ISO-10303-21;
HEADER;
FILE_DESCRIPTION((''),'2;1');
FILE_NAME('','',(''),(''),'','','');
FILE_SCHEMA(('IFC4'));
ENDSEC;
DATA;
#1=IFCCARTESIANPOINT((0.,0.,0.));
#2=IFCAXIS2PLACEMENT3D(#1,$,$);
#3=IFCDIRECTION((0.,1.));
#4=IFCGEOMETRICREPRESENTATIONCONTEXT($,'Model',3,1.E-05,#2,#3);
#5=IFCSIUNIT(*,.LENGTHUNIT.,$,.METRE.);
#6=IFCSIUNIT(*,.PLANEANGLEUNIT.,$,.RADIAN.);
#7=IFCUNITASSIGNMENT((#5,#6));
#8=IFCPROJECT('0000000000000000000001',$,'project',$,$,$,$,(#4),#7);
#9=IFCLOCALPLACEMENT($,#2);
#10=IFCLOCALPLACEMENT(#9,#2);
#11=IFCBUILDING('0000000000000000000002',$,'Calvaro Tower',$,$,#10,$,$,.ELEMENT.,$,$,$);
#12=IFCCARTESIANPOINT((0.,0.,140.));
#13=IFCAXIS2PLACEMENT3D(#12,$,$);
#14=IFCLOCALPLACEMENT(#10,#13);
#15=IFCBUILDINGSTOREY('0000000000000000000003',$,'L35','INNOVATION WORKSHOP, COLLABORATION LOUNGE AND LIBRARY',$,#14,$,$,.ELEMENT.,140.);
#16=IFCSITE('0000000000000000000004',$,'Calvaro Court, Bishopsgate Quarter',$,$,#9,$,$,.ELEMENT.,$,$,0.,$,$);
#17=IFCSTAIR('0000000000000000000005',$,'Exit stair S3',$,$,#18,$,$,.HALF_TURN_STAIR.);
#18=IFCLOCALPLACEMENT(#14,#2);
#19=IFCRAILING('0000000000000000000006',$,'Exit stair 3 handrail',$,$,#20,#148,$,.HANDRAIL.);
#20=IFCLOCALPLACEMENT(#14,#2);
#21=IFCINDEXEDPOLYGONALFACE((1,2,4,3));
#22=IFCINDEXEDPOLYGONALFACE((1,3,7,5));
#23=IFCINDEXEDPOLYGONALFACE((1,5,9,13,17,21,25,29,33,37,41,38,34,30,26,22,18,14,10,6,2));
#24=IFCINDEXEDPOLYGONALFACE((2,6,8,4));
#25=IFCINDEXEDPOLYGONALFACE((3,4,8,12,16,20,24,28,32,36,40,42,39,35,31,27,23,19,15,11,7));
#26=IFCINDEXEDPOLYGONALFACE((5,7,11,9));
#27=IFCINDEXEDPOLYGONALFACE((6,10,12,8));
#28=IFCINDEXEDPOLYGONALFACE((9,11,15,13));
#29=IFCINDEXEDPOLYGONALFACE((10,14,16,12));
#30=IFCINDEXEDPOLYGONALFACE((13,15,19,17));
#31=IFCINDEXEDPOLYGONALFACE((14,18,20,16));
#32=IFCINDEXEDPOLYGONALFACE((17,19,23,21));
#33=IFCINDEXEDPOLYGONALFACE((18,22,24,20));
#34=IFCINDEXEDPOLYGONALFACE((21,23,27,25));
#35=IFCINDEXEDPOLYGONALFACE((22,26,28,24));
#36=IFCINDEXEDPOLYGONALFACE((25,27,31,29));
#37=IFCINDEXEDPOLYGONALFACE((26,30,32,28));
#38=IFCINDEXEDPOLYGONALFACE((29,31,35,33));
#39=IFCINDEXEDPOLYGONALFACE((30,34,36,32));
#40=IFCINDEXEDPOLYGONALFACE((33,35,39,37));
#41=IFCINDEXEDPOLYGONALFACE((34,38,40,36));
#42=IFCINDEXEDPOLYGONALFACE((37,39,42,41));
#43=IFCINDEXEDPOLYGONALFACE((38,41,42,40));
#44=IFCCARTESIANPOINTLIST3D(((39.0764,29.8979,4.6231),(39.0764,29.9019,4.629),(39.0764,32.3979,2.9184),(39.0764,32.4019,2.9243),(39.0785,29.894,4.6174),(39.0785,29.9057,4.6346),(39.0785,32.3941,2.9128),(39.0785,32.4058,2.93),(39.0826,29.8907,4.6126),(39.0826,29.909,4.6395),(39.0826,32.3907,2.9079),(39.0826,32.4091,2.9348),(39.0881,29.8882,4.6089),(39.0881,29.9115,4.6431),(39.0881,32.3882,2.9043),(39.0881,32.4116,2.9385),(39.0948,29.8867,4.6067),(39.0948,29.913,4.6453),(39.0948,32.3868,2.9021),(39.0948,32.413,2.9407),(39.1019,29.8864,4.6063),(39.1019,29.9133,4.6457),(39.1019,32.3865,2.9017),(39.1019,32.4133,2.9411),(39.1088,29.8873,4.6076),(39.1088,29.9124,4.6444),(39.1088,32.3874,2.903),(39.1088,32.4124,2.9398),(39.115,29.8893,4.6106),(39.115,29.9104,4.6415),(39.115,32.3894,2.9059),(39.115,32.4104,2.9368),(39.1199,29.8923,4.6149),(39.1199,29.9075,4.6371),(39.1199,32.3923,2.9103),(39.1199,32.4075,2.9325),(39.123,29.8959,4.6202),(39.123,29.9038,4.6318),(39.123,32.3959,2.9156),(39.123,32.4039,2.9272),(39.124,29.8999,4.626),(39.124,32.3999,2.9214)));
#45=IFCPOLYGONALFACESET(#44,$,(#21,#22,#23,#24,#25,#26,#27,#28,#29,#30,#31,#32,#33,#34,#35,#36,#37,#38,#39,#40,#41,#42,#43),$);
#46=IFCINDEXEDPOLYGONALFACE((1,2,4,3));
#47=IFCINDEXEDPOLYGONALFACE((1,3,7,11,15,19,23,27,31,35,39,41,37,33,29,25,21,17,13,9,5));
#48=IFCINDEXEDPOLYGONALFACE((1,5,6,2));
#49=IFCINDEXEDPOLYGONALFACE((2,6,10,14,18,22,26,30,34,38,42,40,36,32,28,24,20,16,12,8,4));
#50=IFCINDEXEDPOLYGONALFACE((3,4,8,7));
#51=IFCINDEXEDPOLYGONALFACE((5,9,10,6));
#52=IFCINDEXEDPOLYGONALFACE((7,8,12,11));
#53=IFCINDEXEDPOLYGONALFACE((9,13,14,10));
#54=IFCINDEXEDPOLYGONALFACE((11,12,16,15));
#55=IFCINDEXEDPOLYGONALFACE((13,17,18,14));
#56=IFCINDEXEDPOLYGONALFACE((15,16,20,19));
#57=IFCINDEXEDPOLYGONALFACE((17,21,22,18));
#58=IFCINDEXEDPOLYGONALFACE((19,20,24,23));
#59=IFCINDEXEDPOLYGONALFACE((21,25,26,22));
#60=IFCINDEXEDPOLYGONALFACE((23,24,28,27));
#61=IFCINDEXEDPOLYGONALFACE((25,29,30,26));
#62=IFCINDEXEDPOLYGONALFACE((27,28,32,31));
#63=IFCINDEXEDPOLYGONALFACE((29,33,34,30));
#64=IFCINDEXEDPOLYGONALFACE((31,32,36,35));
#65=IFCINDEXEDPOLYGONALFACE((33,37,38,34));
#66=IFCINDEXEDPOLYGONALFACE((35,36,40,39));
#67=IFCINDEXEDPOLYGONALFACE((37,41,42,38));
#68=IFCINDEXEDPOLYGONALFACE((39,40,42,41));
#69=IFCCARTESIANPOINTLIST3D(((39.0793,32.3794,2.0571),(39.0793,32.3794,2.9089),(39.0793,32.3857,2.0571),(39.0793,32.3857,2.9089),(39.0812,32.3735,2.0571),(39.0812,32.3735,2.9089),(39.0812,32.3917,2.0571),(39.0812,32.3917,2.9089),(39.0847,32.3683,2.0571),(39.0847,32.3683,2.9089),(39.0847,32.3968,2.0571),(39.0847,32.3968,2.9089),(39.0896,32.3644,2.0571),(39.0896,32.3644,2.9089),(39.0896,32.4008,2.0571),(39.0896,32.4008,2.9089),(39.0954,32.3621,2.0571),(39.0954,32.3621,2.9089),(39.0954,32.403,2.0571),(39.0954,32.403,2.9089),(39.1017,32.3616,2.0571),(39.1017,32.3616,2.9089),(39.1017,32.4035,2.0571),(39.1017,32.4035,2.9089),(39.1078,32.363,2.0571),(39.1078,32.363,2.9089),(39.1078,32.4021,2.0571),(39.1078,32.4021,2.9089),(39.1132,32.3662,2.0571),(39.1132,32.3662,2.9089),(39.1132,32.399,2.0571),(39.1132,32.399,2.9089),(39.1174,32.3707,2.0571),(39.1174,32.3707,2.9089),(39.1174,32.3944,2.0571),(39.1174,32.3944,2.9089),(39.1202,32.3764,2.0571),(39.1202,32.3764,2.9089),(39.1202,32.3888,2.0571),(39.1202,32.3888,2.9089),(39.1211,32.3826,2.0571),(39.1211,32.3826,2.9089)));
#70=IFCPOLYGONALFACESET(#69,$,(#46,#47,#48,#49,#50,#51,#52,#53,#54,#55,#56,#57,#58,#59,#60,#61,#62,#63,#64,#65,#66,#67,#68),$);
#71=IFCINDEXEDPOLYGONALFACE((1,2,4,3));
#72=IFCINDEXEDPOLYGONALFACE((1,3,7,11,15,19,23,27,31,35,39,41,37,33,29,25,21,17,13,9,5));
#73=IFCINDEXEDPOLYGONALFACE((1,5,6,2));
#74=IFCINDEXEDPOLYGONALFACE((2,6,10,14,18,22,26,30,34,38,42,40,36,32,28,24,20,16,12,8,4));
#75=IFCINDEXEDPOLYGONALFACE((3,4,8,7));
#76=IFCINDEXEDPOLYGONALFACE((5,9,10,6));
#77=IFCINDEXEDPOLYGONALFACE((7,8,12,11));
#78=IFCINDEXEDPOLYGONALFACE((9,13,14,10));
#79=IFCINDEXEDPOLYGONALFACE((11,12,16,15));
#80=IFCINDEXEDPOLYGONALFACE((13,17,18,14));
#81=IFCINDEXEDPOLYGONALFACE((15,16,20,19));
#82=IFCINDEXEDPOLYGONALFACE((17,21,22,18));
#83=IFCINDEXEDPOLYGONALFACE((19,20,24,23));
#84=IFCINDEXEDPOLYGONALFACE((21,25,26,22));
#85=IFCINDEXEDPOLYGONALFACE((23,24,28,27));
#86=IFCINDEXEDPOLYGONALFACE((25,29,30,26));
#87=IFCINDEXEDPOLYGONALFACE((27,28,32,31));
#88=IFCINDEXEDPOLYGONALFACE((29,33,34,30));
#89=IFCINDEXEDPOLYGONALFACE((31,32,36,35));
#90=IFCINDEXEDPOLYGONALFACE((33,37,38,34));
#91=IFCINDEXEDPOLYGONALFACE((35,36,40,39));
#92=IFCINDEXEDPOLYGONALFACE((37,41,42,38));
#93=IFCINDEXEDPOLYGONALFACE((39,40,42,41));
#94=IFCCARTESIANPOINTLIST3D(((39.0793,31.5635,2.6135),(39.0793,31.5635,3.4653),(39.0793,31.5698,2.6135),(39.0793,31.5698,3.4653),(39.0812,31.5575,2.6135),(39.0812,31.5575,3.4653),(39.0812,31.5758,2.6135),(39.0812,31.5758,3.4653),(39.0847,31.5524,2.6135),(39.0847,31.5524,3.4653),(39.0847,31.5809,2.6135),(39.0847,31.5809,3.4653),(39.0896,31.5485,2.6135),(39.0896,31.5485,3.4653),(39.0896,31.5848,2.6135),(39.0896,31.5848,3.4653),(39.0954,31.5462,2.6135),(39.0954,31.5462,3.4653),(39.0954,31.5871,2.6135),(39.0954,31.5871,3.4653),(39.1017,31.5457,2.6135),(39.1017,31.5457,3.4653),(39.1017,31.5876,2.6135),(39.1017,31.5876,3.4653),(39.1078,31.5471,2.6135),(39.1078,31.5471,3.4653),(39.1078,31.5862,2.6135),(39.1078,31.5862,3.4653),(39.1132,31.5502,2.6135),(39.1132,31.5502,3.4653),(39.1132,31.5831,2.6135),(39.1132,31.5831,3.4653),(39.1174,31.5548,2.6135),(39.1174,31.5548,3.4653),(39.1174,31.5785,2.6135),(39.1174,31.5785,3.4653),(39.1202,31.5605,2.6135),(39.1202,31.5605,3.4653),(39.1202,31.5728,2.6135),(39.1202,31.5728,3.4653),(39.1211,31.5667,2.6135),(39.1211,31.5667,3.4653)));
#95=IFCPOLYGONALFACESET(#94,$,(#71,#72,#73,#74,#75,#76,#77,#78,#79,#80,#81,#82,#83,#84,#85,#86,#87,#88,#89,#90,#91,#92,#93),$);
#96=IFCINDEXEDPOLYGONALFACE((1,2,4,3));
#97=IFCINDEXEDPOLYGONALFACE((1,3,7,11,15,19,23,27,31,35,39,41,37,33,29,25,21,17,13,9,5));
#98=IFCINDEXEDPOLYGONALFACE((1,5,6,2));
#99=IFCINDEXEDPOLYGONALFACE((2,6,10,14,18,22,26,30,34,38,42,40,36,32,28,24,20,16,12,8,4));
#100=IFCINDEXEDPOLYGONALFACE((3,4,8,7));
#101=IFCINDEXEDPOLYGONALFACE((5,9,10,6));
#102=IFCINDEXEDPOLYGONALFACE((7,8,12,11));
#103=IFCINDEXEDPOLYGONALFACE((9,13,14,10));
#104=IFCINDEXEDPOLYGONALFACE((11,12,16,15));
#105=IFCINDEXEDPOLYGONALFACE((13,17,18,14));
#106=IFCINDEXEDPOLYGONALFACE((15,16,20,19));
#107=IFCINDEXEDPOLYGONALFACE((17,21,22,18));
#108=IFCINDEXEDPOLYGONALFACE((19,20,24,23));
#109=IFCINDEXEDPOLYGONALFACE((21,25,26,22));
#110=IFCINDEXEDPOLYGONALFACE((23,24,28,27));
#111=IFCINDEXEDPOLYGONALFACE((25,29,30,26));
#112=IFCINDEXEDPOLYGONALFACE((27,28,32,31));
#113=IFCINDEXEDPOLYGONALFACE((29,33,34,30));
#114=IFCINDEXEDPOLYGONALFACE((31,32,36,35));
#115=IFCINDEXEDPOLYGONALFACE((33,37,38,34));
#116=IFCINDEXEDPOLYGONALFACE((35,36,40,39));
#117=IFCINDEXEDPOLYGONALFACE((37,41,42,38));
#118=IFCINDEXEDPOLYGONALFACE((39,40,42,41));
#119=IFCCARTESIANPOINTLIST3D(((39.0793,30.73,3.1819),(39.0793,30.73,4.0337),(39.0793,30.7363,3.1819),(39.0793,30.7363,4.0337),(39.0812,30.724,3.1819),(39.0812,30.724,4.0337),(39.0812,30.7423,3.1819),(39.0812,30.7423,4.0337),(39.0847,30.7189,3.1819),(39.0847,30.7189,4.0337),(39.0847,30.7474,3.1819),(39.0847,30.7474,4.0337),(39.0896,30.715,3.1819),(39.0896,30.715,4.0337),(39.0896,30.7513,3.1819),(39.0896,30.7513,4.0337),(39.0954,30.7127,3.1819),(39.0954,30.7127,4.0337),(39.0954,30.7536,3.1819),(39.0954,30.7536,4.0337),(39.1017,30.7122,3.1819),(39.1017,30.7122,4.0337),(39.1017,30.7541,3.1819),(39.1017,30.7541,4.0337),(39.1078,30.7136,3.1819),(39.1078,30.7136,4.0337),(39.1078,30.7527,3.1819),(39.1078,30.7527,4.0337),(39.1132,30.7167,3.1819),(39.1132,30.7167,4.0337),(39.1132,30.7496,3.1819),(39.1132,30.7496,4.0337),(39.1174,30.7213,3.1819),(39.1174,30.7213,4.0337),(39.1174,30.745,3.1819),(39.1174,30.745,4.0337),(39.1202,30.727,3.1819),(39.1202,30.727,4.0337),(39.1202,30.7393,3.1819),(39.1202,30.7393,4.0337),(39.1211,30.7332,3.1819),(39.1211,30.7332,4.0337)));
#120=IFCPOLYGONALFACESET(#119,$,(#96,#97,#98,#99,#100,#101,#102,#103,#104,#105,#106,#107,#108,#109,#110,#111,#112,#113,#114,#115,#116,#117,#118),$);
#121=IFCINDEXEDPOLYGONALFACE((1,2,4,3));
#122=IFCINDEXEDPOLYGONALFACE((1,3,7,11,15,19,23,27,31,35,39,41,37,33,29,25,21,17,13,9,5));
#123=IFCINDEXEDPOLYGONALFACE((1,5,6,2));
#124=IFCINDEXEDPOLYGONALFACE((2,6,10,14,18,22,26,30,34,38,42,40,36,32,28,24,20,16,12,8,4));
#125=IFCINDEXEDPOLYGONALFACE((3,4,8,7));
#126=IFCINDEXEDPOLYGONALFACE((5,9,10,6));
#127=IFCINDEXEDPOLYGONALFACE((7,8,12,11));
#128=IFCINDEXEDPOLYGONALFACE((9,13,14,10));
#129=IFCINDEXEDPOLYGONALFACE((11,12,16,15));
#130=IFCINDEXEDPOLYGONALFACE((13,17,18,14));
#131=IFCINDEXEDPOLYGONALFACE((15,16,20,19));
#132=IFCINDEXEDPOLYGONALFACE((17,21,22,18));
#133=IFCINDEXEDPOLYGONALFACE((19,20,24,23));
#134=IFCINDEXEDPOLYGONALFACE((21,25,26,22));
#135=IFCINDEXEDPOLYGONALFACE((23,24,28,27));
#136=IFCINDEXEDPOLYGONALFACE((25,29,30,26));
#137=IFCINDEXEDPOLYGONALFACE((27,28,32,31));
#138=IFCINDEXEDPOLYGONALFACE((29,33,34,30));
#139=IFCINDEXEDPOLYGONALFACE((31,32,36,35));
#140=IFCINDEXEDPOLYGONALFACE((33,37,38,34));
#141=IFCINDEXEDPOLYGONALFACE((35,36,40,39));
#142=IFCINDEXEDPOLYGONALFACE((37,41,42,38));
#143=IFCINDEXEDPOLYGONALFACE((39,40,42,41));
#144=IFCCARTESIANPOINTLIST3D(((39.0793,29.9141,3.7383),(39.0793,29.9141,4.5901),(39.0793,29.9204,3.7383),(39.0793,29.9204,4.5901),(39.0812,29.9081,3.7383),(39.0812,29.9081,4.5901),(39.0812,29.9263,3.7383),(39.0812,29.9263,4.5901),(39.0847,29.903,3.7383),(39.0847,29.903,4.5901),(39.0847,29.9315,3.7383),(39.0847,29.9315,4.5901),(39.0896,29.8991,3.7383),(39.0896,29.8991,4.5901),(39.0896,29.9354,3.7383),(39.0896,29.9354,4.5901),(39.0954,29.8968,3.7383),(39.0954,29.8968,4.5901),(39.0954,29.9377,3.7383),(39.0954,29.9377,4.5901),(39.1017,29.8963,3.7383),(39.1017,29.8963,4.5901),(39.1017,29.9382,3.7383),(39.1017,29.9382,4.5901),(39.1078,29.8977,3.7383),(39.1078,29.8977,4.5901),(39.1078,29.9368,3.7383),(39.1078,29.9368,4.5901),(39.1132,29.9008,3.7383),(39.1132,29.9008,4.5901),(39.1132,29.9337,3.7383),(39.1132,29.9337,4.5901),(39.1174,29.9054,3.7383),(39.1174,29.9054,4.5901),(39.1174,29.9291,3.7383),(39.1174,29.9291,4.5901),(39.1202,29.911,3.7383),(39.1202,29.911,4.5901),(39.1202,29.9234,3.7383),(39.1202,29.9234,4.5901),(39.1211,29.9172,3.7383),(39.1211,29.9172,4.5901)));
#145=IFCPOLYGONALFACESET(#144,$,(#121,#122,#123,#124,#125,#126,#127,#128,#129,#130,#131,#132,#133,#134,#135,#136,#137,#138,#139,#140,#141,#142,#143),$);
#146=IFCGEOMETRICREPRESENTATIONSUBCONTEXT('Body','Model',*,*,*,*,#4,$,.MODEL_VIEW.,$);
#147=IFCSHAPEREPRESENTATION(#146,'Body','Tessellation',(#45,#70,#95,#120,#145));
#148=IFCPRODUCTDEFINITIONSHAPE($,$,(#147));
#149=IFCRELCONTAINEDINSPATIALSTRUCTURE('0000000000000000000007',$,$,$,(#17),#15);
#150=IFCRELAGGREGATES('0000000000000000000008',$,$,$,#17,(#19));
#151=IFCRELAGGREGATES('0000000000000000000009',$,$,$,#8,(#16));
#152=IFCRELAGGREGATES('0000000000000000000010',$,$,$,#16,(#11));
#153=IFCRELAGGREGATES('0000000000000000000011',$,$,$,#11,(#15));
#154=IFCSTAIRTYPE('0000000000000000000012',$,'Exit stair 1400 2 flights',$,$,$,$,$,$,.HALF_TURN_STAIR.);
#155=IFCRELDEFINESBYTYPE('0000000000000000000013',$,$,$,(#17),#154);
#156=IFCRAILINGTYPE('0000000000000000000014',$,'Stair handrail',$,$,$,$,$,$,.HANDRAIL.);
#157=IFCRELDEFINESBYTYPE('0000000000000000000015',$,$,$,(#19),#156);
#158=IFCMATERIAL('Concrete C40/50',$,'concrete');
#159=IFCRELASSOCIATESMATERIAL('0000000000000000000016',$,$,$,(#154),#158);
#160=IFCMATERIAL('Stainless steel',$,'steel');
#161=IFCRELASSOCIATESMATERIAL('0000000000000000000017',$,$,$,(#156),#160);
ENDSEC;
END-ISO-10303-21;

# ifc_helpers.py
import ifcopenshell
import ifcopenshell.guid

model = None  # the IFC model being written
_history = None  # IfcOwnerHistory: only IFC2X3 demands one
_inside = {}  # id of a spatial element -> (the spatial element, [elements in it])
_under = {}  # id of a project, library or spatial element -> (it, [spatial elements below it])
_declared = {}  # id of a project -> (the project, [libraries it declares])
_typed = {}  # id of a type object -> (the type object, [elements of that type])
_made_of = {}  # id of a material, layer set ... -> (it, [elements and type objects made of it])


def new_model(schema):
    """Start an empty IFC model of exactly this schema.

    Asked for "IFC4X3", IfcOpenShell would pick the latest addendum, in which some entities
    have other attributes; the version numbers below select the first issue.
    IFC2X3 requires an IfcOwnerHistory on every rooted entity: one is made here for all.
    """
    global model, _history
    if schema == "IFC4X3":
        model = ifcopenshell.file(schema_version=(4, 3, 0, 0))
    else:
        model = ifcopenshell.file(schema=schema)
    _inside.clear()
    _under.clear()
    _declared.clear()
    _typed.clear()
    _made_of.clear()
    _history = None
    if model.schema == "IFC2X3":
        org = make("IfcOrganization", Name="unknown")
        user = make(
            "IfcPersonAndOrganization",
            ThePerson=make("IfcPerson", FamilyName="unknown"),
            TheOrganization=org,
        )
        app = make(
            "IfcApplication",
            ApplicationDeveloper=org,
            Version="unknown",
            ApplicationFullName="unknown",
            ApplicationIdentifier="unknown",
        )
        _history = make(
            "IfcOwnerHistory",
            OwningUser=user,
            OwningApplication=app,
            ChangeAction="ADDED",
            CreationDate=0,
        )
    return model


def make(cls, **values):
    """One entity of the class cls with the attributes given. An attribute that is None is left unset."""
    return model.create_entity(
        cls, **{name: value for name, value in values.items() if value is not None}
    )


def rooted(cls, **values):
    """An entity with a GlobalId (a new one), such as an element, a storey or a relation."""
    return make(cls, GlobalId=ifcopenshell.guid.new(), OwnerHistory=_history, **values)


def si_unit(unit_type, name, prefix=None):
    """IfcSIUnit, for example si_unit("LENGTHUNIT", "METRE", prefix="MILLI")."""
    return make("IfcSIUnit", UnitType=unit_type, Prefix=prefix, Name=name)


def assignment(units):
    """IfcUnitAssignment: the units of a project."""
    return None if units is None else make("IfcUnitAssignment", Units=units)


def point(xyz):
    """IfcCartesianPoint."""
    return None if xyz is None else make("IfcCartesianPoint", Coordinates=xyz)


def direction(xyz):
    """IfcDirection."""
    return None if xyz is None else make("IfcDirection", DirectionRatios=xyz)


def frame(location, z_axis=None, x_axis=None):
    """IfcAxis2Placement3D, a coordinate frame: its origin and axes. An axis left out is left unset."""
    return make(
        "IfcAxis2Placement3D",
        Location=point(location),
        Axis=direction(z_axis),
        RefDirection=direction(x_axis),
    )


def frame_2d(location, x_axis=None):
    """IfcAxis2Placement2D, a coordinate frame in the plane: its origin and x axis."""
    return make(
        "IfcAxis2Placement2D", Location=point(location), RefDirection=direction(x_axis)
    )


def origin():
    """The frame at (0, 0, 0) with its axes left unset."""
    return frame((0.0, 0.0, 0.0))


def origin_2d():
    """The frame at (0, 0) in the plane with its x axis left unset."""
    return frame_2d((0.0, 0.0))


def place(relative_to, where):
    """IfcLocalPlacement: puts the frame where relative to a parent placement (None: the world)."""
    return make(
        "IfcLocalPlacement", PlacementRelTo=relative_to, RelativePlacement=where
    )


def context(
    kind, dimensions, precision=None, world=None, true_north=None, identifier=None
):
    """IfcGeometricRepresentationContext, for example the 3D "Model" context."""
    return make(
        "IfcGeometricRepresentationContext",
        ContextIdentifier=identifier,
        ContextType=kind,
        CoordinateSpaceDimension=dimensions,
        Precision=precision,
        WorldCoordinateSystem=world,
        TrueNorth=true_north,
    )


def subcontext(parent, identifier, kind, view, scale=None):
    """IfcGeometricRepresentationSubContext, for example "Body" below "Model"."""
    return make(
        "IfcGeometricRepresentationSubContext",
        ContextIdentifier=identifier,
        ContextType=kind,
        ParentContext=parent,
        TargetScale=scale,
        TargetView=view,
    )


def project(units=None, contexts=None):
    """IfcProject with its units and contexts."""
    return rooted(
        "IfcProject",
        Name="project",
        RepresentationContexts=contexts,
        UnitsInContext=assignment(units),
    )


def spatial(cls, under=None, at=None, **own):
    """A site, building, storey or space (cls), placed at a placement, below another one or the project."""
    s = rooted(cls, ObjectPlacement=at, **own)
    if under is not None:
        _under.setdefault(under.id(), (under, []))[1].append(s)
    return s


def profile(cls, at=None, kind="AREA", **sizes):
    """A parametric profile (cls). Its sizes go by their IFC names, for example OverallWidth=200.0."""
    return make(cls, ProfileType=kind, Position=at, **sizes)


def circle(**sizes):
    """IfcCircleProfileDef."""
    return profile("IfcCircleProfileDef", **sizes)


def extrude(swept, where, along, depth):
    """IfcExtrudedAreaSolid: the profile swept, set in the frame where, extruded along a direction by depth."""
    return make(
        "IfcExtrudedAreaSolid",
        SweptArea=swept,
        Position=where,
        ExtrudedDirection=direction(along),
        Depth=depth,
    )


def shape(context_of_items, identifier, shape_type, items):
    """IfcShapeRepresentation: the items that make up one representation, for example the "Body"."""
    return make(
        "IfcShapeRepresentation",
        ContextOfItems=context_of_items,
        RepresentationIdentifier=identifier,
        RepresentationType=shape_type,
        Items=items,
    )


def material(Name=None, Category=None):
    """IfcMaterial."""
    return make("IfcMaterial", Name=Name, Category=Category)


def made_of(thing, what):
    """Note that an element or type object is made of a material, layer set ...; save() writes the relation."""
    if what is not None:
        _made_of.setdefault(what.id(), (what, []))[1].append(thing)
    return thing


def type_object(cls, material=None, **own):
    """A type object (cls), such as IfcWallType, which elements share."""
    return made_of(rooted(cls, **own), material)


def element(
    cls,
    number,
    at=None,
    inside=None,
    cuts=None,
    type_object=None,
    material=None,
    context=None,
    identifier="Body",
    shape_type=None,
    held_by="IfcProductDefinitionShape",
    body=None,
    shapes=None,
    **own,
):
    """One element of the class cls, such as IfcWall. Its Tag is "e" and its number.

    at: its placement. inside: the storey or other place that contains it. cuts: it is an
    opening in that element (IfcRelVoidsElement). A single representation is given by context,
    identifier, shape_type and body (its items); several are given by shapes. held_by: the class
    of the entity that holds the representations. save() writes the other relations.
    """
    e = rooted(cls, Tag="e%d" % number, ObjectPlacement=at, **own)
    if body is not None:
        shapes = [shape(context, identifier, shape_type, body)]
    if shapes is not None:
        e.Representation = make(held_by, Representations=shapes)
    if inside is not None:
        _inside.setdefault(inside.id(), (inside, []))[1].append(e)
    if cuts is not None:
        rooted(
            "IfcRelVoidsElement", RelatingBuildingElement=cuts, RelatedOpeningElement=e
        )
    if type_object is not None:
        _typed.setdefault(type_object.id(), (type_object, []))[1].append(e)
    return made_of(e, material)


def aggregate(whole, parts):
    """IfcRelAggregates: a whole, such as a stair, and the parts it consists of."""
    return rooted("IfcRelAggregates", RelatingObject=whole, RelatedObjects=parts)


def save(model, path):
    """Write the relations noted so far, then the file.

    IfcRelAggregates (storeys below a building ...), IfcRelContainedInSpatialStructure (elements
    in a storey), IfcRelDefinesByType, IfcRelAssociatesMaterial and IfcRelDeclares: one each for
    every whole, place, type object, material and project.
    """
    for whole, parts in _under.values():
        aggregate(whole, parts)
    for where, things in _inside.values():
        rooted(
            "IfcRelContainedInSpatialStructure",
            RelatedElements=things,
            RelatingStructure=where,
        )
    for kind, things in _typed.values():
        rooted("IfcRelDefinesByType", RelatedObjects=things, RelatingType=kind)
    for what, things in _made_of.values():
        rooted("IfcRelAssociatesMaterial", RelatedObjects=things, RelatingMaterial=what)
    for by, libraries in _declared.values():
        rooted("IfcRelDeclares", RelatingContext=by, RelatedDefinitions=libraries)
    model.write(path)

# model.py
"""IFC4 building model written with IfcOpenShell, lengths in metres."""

from ifc_helpers import new_model, si_unit, direction, frame, origin, origin_2d, place, context, subcontext, project, spatial, circle, extrude, material, type_object, element, aggregate, save


model = new_model("IFC4")

# Units and contexts
model_context = context("Model", 3, precision=1e-05, world=origin(), true_north=direction((0.0, 1.0)))
body_context = subcontext(model_context, "Body", "Model", "MODEL_VIEW")
ifc_project = project(units=[si_unit("LENGTHUNIT", "METRE"), si_unit("PLANEANGLEUNIT", "RADIAN")], contexts=[model_context])

# Site, building, storey
site_placement = place(None, origin())
site = spatial("IfcSite", under=ifc_project, at=site_placement, Name="Calvaro Court, Bishopsgate Quarter", CompositionType="ELEMENT", RefElevation=0.0)
building_placement = place(site_placement, origin())
building = spatial("IfcBuilding", under=site, at=building_placement, Name="Calvaro Tower", CompositionType="ELEMENT")
storey_placement = place(building_placement, frame((0.0, 0.0, 140.0)))
storey = spatial("IfcBuildingStorey", under=building, at=storey_placement, Name="L35", Description="INNOVATION WORKSHOP, COLLABORATION LOUNGE AND LIBRARY", CompositionType="ELEMENT", Elevation=140.0)

# Stair
ifc_material_1 = material(Name="Concrete C40/50", Category="concrete")
stair_type = type_object("IfcStairType", Name="Exit stair 1400 2 flights", PredefinedType="HALF_TURN_STAIR", material=ifc_material_1)
stair_1_placement = place(storey_placement, origin())
stair_1 = element("IfcStair", 1, at=stair_1_placement, inside=storey, type_object=stair_type, Name="Exit stair S3", PredefinedType="HALF_TURN_STAIR")

# Railing
ifc_material_2 = material(Name="Stainless steel", Category="steel")
railing_type = type_object("IfcRailingType", Name="Stair handrail", PredefinedType="HANDRAIL", material=ifc_material_2)
railing_1_placement = place(storey_placement, frame((39.1001, 32.3999, 2.0454)))
railing_1 = element("IfcRailing", 2, at=railing_1_placement, type_object=railing_type, Name="Exit stair 3 handrail", PredefinedType="HANDRAIL", context=body_context, shape_type="SweptSolid", body=[
    extrude(circle(Radius=0.0239, at=origin_2d()), frame((0.0, 0.0, 0.876), z_axis=(0.0, -0.826221, 0.563347), x_axis=(1.0, 0.0, 0.0)), (0.0, 0.0, 1.0), 3.0259),
    extrude(circle(Radius=0.021, at=origin_2d()), frame((0.0, -0.0173, 0.0117)), (0.0, 0.0, 1.0), 0.8518),
    extrude(circle(Radius=0.021, at=origin_2d()), frame((0.0, -0.8333, 0.5681)), (0.0, 0.0, 1.0), 0.8518),
    extrude(circle(Radius=0.021, at=origin_2d()), frame((0.0, -1.6667, 1.1365)), (0.0, 0.0, 1.0), 0.8518),
    extrude(circle(Radius=0.021, at=origin_2d()), frame((0.0, -2.4827, 1.6929)), (0.0, 0.0, 1.0), 0.8518),
])
aggregate(stair_1, [railing_1])

save(model, "model.ifc")
